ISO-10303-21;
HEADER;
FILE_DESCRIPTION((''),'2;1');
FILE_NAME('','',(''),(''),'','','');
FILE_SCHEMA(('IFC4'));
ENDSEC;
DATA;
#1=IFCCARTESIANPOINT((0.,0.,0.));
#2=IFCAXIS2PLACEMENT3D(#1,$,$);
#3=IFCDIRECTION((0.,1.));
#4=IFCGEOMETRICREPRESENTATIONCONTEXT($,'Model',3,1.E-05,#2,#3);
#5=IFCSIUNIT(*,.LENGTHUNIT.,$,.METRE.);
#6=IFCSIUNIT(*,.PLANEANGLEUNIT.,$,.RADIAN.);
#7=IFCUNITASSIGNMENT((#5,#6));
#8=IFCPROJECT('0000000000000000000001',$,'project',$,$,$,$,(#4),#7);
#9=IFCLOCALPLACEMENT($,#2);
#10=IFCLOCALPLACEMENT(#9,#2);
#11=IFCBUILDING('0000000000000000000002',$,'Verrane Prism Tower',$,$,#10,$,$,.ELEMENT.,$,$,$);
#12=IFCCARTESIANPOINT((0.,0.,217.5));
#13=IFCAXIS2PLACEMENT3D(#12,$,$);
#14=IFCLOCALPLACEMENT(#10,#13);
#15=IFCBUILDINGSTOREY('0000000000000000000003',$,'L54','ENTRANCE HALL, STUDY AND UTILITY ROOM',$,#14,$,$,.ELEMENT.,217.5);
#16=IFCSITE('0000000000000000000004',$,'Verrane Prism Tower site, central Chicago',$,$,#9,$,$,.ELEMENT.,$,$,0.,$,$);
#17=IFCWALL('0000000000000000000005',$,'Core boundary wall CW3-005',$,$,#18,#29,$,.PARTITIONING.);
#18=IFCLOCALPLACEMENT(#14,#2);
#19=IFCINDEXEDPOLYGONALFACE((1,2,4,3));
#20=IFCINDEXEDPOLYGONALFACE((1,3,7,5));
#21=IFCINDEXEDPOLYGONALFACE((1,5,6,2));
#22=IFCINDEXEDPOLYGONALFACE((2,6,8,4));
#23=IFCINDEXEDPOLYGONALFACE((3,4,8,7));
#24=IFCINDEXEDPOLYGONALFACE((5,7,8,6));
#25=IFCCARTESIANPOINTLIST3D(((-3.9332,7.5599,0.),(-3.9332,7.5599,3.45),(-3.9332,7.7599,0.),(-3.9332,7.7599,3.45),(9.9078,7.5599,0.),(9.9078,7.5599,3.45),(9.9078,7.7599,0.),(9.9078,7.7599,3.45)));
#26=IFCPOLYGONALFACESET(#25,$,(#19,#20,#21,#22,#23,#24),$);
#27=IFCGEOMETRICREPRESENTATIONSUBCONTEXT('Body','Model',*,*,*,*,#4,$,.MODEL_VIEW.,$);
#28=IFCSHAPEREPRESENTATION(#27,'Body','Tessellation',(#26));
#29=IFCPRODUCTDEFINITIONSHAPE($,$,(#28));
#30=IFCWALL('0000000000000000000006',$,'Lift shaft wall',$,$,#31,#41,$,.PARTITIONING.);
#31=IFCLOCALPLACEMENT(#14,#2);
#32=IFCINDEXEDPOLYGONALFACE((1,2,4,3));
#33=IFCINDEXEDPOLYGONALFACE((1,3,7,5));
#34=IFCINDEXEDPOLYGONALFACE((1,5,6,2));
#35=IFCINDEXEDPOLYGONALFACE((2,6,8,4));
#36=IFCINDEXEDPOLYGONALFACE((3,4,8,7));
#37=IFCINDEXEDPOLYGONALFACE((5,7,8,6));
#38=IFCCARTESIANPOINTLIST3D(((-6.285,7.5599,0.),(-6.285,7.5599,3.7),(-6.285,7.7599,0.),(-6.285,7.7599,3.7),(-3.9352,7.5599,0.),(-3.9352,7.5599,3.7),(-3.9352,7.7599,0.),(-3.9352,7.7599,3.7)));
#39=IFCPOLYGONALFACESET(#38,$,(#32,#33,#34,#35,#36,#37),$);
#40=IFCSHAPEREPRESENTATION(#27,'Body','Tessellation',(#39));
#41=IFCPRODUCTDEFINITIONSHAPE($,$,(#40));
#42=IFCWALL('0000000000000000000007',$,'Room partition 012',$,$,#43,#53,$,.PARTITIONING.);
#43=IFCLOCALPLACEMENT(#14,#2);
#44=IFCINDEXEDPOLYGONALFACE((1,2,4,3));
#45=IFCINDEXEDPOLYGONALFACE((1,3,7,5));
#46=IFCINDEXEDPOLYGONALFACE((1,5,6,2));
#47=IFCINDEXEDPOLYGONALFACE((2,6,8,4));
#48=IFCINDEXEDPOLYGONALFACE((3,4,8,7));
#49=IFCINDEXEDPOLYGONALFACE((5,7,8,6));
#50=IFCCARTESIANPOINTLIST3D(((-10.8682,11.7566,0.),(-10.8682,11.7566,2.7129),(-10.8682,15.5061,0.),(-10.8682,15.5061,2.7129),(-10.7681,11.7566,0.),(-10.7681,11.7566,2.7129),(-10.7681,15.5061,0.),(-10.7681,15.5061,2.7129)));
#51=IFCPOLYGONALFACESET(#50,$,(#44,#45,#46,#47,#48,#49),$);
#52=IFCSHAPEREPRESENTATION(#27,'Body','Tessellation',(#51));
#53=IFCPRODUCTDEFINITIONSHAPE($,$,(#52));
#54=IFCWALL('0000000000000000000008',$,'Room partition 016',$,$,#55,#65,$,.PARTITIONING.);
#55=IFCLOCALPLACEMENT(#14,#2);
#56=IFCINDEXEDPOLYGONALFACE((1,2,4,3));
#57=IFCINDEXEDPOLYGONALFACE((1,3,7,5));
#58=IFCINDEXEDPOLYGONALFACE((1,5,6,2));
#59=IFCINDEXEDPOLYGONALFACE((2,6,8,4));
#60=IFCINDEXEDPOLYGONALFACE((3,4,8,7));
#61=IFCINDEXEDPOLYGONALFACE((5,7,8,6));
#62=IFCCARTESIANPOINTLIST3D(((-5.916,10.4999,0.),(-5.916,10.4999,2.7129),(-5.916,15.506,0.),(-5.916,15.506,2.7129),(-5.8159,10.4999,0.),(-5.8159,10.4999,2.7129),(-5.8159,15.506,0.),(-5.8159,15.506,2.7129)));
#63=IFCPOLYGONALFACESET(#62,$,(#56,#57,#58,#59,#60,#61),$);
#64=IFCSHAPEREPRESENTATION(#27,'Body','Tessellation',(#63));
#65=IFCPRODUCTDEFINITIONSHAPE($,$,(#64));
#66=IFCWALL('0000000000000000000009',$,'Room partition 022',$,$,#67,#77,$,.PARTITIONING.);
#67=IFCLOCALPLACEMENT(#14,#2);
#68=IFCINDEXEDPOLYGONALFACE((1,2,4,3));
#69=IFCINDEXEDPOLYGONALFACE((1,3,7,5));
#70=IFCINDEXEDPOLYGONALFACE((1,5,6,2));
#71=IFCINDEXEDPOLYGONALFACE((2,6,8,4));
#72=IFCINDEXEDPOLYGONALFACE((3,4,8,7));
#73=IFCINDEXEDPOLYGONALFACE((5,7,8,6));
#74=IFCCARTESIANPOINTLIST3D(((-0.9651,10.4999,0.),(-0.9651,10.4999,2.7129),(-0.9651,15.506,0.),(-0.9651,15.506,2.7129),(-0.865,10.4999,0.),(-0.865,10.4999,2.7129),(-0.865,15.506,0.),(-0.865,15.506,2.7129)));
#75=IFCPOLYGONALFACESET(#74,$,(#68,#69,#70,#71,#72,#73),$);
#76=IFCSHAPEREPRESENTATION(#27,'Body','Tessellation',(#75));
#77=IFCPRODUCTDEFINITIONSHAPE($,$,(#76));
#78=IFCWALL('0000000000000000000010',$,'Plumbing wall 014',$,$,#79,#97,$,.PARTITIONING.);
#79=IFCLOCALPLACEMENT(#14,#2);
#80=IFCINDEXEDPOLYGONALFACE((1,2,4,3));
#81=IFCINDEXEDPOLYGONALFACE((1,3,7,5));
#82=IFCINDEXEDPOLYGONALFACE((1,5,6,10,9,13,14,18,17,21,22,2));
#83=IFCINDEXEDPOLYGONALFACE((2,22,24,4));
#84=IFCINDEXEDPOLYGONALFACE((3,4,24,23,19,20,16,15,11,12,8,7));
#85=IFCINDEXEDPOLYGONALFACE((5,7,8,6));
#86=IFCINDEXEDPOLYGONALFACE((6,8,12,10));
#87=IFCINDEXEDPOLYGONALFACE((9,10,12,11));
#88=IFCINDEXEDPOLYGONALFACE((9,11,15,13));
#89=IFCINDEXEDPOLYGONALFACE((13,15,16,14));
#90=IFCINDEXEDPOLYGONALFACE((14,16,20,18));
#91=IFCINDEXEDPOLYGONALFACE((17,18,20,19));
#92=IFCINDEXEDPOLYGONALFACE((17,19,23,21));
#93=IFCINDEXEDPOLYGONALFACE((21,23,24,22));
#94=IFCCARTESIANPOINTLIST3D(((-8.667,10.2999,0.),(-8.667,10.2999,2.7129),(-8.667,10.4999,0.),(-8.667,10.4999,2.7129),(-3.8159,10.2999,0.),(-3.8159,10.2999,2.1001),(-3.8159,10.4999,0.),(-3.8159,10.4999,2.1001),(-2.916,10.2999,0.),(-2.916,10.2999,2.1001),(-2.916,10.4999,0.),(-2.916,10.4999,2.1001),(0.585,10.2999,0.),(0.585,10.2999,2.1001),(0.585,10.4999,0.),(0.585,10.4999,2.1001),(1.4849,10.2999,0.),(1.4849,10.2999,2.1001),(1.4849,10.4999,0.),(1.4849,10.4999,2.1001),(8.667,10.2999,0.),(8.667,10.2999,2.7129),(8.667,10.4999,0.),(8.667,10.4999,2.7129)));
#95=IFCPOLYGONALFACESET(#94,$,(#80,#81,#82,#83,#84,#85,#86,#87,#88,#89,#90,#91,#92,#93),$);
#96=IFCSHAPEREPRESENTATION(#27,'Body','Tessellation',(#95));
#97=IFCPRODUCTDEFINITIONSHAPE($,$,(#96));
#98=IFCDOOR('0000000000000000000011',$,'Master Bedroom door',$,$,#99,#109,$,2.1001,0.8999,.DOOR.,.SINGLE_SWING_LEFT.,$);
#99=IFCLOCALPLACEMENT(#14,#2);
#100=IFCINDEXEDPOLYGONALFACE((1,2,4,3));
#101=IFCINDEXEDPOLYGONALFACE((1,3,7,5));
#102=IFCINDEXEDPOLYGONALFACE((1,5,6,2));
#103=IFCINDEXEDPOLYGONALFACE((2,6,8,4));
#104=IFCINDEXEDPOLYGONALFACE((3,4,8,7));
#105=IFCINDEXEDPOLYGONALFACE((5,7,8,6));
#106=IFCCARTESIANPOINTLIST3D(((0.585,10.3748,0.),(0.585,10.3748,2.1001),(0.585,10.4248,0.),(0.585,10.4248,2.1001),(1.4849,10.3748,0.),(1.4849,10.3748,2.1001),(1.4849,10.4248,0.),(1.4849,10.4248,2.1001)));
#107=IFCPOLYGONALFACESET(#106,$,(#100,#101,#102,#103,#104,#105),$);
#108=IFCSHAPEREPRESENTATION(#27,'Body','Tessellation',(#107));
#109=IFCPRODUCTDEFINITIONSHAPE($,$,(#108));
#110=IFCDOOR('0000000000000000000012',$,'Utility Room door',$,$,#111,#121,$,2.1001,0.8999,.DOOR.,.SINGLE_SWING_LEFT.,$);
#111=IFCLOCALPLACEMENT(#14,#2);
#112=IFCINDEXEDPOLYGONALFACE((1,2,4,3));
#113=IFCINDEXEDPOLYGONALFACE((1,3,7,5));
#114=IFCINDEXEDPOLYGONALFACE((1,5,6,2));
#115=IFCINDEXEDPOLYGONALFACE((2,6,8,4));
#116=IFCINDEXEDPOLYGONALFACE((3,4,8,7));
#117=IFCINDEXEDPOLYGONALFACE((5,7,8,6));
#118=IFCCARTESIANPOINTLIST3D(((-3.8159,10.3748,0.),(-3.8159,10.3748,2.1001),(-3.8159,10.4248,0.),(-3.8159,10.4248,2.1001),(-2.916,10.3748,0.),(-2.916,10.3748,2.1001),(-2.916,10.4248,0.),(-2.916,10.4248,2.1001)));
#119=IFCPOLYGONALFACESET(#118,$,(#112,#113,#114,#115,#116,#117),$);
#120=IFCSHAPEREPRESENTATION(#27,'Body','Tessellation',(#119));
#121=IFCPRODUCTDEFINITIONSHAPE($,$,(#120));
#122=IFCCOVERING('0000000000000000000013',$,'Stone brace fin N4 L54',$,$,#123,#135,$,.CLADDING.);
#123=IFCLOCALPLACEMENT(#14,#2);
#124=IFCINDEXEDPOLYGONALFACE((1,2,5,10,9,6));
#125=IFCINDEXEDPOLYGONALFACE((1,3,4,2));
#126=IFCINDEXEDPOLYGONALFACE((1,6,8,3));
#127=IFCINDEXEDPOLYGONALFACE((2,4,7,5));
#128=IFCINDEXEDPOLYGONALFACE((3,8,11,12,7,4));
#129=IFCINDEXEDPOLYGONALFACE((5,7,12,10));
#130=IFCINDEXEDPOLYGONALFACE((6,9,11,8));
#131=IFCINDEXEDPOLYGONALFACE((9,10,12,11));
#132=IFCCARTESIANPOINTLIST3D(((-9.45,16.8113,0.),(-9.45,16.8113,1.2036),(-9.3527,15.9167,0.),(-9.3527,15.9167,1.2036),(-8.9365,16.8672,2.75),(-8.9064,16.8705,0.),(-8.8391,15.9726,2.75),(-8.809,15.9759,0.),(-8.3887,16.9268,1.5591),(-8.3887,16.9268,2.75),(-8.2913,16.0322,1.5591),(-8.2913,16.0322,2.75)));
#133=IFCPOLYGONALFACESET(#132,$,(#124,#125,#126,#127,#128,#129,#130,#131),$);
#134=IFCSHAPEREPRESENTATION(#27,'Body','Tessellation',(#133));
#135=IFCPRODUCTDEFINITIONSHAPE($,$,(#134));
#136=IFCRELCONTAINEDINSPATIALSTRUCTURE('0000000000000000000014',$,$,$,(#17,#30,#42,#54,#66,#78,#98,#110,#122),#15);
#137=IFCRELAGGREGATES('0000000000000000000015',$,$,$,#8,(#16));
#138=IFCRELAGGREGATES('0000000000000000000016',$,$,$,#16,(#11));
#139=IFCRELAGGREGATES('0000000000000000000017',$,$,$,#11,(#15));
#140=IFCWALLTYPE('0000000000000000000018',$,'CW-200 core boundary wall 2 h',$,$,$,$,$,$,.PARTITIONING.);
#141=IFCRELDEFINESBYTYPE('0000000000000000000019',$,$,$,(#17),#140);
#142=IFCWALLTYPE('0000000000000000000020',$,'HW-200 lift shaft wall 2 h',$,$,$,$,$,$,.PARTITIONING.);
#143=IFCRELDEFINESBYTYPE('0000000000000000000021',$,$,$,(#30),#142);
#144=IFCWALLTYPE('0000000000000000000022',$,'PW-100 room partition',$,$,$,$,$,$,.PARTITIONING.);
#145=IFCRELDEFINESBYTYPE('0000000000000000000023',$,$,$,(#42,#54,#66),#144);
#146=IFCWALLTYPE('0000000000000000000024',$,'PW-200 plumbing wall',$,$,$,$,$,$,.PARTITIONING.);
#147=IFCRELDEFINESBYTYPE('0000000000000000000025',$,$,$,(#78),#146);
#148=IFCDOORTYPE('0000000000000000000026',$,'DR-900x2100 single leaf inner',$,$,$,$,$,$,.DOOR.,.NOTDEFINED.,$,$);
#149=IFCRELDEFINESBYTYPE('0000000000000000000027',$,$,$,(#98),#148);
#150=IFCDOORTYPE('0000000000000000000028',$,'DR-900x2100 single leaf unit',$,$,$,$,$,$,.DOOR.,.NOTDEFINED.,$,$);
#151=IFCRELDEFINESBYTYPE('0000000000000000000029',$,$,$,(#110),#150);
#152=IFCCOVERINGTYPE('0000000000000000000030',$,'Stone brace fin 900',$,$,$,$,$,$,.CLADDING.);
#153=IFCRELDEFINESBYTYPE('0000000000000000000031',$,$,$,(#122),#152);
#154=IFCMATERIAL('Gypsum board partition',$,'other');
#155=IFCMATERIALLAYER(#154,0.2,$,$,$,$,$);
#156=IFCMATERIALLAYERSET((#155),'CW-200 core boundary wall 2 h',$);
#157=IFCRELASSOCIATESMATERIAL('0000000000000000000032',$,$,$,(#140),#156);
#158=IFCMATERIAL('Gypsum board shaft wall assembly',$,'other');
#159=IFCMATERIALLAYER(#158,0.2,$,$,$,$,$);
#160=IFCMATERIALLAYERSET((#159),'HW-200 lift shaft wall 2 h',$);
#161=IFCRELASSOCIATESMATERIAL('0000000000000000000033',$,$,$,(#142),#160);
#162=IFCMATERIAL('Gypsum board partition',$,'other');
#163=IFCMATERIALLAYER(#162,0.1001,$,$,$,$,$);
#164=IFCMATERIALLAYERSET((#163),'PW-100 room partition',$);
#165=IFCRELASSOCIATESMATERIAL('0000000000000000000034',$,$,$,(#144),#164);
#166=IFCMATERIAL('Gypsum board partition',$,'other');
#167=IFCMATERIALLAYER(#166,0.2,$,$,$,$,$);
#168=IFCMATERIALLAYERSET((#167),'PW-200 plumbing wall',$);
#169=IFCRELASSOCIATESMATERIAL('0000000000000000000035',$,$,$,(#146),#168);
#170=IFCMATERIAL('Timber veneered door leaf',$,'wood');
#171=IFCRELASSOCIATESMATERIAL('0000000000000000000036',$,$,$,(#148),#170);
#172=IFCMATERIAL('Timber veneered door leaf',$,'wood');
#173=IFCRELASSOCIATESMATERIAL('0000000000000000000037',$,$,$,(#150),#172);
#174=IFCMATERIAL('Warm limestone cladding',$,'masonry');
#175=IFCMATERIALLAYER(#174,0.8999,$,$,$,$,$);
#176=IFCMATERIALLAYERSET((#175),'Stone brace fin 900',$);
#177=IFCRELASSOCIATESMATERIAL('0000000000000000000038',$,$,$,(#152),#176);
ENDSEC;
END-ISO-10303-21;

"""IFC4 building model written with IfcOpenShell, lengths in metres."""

from ifc_helpers import new_model, si_unit, direction, frame, frame_2d, origin, place, context, subcontext, project, spatial, polyline, rectangle, outline, extrude, material, layer, layer_set, type_object, element, fill, save


model = new_model("IFC4")

# Units and contexts
model_context = context("Model", 3, precision=1e-05, world=origin(), true_north=direction((0.0, 1.0)))
body_context = subcontext(model_context, "Body", "Model", "MODEL_VIEW")
ifc_project = project(units=[si_unit("LENGTHUNIT", "METRE"), si_unit("PLANEANGLEUNIT", "RADIAN")], contexts=[model_context])

# Site, building, storey
site_placement = place(None, origin())
site = spatial("IfcSite", under=ifc_project, at=site_placement, Name="Verrane Prism Tower site, central Chicago", CompositionType="ELEMENT", RefElevation=0.0)
building_placement = place(site_placement, origin())
building = spatial("IfcBuilding", under=site, at=building_placement, Name="Verrane Prism Tower", CompositionType="ELEMENT")
storey_placement = place(building_placement, frame((0.0, 0.0, 217.5)))
storey = spatial("IfcBuildingStorey", under=building, at=storey_placement, Name="L54", Description="ENTRANCE HALL, STUDY AND UTILITY ROOM", CompositionType="ELEMENT", Elevation=217.5)

# Walls
ifc_material_1 = material(Name="Gypsum board partition", Category="other")
ifc_layer_1 = layer(ifc_material_1, 0.2)
ifc_layer_set_1 = layer_set([ifc_layer_1], Name="CW-200 core boundary wall 2 h")
wall_type_1 = type_object("IfcWallType", Name="CW-200 core boundary wall 2 h", PredefinedType="PARTITIONING", material=ifc_layer_set_1)
wall_1_placement = place(storey_placement, frame((-3.9331, 7.6599, 0.0), z_axis=(0.0, 0.0, 1.0), x_axis=(1.0, 0.0, 0.0)))
element("IfcWall", 1, at=wall_1_placement, inside=storey, type_object=wall_type_1, Name="Core boundary wall CW3-005", PredefinedType="PARTITIONING", context=body_context, shape_type="SweptSolid", body=[
    extrude(rectangle(XDim=13.8411, YDim=0.2, at=frame_2d((6.9204, 0.0))), origin(), (0.0, 0.0, 1.0), 3.45),
])
ifc_material_2 = material(Name="Gypsum board shaft wall assembly", Category="other")
ifc_layer_2 = layer(ifc_material_2, 0.2)
ifc_layer_set_2 = layer_set([ifc_layer_2], Name="HW-200 lift shaft wall 2 h")
wall_type_2 = type_object("IfcWallType", Name="HW-200 lift shaft wall 2 h", PredefinedType="PARTITIONING", material=ifc_layer_set_2)
wall_2_placement = place(storey_placement, frame((-6.2849, 7.6599, 0.0), z_axis=(0.0, 0.0, 1.0), x_axis=(1.0, 0.0, 0.0)))
element("IfcWall", 2, at=wall_2_placement, inside=storey, type_object=wall_type_2, Name="Lift shaft wall", PredefinedType="PARTITIONING", context=body_context, shape_type="SweptSolid", body=[
    extrude(rectangle(XDim=2.3499, YDim=0.2, at=frame_2d((1.1748, 0.0))), origin(), (0.0, 0.0, 1.0), 3.7),
])
ifc_material_3 = material(Name="Gypsum board partition", Category="other")
ifc_layer_3 = layer(ifc_material_3, 0.1001)
ifc_layer_set_3 = layer_set([ifc_layer_3], Name="PW-100 room partition")
wall_type_3 = type_object("IfcWallType", Name="PW-100 room partition", PredefinedType="PARTITIONING", material=ifc_layer_set_3)
wall_3_placement = place(storey_placement, frame((-10.8181, 11.7566, 0.0), z_axis=(0.0, 0.0, 1.0), x_axis=(0.0, 1.0, 0.0)))
element("IfcWall", 3, at=wall_3_placement, inside=storey, type_object=wall_type_3, Name="Room partition 012", PredefinedType="PARTITIONING", context=body_context, shape_type="SweptSolid", body=[
    extrude(rectangle(XDim=3.7495, YDim=0.1001, at=frame_2d((1.8748, 0.0))), origin(), (0.0, 0.0, 1.0), 2.7129),
])
for number, where, z_axis, x_axis, name in (
    (4, (-5.866, 10.5, 0.0), (0.0, 0.0, 1.0), (0.0, 1.0, 0.0), "Room partition 016"),
    (5, (-0.915, 10.5, 0.0), (0.0, 0.0, 1.0), (0.0, 1.0, 0.0), "Room partition 022"),
):
    element("IfcWall", number, at=place(storey_placement, frame(where, z_axis=z_axis, x_axis=x_axis)), inside=storey, type_object=wall_type_3, Name=name, PredefinedType="PARTITIONING", context=body_context, shape_type="SweptSolid", body=[
        extrude(rectangle(XDim=5.0061, YDim=0.1001, at=frame_2d((2.5029, 0.0))), origin(), (0.0, 0.0, 1.0), 2.7129),
    ])

# Wall, openings, doors
ifc_material_4 = material(Name="Gypsum board partition", Category="other")
ifc_layer_4 = layer(ifc_material_4, 0.2)
ifc_layer_set_4 = layer_set([ifc_layer_4], Name="PW-200 plumbing wall")
wall_type_4 = type_object("IfcWallType", Name="PW-200 plumbing wall", PredefinedType="PARTITIONING", material=ifc_layer_set_4)
wall_4_placement = place(storey_placement, frame((-8.667, 10.3999, 0.0), z_axis=(0.0, 0.0, 1.0), x_axis=(1.0, 0.0, 0.0)))
wall_4 = element("IfcWall", 6, at=wall_4_placement, inside=storey, type_object=wall_type_4, Name="Plumbing wall 014", PredefinedType="PARTITIONING", context=body_context, shape_type="SweptSolid", body=[
    extrude(rectangle(XDim=17.334, YDim=0.2, at=frame_2d((8.667, 0.0))), origin(), (0.0, 0.0, 1.0), 2.7129),
])
opening_1_placement = place(wall_4_placement, frame((9.252, 0.0, 0.0)))
opening_1 = element("IfcOpeningElement", 7, at=opening_1_placement, cuts=wall_4, PredefinedType="OPENING", context=body_context, shape_type="SweptSolid", body=[
    extrude(rectangle(XDim=0.8999, YDim=2.1001, at=frame_2d((0.45, 1.05))), frame((0.0, 0.1099, 0.0), z_axis=(0.0, -1.0, 0.0), x_axis=(1.0, 0.0, 0.0)), (0.0, 0.0, 1.0), 0.22),
])
opening_2_placement = place(wall_4_placement, frame((4.8511, 0.0, 0.0)))
opening_2 = element("IfcOpeningElement", 8, at=opening_2_placement, cuts=wall_4, PredefinedType="OPENING", context=body_context, shape_type="SweptSolid", body=[
    extrude(rectangle(XDim=0.8999, YDim=2.1001, at=frame_2d((0.45, 1.05))), frame((0.0, 0.1099, 0.0), z_axis=(0.0, -1.0, 0.0), x_axis=(1.0, 0.0, 0.0)), (0.0, 0.0, 1.0), 0.22),
])
ifc_material_5 = material(Name="Timber veneered door leaf", Category="wood")
door_type_1 = type_object("IfcDoorType", Name="DR-900x2100 single leaf inner", OperationType="NOTDEFINED", PredefinedType="DOOR", material=ifc_material_5)
door_1_placement = place(opening_1_placement, origin())
door_1 = element("IfcDoor", 9, at=door_1_placement, inside=storey, type_object=door_type_1, Name="Master Bedroom door", OperationType="SINGLE_SWING_LEFT", OverallHeight=2.1001, OverallWidth=0.8999, PredefinedType="DOOR", context=body_context, shape_type="SweptSolid", body=[
    extrude(rectangle(XDim=0.8999, YDim=2.1001, at=frame_2d((0.45, 1.05))), frame((0.0, 0.0249, 0.0), z_axis=(0.0, -1.0, 0.0), x_axis=(1.0, 0.0, 0.0)), (0.0, 0.0, 1.0), 0.05),
])
fill(opening_1, door_1)
ifc_material_6 = material(Name="Timber veneered door leaf", Category="wood")
door_type_2 = type_object("IfcDoorType", Name="DR-900x2100 single leaf unit", OperationType="NOTDEFINED", PredefinedType="DOOR", material=ifc_material_6)
door_2_placement = place(opening_2_placement, origin())
door_2 = element("IfcDoor", 10, at=door_2_placement, inside=storey, type_object=door_type_2, Name="Utility Room door", OperationType="SINGLE_SWING_LEFT", OverallHeight=2.1001, OverallWidth=0.8999, PredefinedType="DOOR", context=body_context, shape_type="SweptSolid", body=[
    extrude(rectangle(XDim=0.8999, YDim=2.1001, at=frame_2d((0.45, 1.05))), frame((0.0, 0.0249, 0.0), z_axis=(0.0, -1.0, 0.0), x_axis=(1.0, 0.0, 0.0)), (0.0, 0.0, 1.0), 0.05),
])
fill(opening_2, door_2)

# Covering
ifc_material_7 = material(Name="Warm limestone cladding", Category="masonry")
ifc_layer_5 = layer(ifc_material_7, 0.8999)
ifc_layer_set_5 = layer_set([ifc_layer_5], Name="Stone brace fin 900")
covering_type = type_object("IfcCoveringType", Name="Stone brace fin 900", PredefinedType="CLADDING", material=ifc_layer_set_5)
covering_placement = place(storey_placement, frame((-9.4014, 16.364, 0.0), z_axis=(0.0, 0.0, 1.0), x_axis=(0.994132, 0.108172, 0.0)))
element("IfcCovering", 11, at=covering_placement, inside=storey, type_object=covering_type, Name="Stone brace fin N4 L54", PredefinedType="CLADDING", context=body_context, shape_type="SweptSolid", body=[
    extrude(outline(polyline([(1.0676, 2.75), (0.5166, 2.75), (0.0, 1.2036), (0.0, 0.0), (0.5469, 0.0), (1.0676, 1.5591), (1.0676, 2.75)])), frame((0.0, 0.45, 0.0), z_axis=(0.0, -1.0, 0.0), x_axis=(1.0, 0.0, 0.0)), (0.0, 0.0, 1.0), 0.8999),
])

save(model, "model.ifc")
